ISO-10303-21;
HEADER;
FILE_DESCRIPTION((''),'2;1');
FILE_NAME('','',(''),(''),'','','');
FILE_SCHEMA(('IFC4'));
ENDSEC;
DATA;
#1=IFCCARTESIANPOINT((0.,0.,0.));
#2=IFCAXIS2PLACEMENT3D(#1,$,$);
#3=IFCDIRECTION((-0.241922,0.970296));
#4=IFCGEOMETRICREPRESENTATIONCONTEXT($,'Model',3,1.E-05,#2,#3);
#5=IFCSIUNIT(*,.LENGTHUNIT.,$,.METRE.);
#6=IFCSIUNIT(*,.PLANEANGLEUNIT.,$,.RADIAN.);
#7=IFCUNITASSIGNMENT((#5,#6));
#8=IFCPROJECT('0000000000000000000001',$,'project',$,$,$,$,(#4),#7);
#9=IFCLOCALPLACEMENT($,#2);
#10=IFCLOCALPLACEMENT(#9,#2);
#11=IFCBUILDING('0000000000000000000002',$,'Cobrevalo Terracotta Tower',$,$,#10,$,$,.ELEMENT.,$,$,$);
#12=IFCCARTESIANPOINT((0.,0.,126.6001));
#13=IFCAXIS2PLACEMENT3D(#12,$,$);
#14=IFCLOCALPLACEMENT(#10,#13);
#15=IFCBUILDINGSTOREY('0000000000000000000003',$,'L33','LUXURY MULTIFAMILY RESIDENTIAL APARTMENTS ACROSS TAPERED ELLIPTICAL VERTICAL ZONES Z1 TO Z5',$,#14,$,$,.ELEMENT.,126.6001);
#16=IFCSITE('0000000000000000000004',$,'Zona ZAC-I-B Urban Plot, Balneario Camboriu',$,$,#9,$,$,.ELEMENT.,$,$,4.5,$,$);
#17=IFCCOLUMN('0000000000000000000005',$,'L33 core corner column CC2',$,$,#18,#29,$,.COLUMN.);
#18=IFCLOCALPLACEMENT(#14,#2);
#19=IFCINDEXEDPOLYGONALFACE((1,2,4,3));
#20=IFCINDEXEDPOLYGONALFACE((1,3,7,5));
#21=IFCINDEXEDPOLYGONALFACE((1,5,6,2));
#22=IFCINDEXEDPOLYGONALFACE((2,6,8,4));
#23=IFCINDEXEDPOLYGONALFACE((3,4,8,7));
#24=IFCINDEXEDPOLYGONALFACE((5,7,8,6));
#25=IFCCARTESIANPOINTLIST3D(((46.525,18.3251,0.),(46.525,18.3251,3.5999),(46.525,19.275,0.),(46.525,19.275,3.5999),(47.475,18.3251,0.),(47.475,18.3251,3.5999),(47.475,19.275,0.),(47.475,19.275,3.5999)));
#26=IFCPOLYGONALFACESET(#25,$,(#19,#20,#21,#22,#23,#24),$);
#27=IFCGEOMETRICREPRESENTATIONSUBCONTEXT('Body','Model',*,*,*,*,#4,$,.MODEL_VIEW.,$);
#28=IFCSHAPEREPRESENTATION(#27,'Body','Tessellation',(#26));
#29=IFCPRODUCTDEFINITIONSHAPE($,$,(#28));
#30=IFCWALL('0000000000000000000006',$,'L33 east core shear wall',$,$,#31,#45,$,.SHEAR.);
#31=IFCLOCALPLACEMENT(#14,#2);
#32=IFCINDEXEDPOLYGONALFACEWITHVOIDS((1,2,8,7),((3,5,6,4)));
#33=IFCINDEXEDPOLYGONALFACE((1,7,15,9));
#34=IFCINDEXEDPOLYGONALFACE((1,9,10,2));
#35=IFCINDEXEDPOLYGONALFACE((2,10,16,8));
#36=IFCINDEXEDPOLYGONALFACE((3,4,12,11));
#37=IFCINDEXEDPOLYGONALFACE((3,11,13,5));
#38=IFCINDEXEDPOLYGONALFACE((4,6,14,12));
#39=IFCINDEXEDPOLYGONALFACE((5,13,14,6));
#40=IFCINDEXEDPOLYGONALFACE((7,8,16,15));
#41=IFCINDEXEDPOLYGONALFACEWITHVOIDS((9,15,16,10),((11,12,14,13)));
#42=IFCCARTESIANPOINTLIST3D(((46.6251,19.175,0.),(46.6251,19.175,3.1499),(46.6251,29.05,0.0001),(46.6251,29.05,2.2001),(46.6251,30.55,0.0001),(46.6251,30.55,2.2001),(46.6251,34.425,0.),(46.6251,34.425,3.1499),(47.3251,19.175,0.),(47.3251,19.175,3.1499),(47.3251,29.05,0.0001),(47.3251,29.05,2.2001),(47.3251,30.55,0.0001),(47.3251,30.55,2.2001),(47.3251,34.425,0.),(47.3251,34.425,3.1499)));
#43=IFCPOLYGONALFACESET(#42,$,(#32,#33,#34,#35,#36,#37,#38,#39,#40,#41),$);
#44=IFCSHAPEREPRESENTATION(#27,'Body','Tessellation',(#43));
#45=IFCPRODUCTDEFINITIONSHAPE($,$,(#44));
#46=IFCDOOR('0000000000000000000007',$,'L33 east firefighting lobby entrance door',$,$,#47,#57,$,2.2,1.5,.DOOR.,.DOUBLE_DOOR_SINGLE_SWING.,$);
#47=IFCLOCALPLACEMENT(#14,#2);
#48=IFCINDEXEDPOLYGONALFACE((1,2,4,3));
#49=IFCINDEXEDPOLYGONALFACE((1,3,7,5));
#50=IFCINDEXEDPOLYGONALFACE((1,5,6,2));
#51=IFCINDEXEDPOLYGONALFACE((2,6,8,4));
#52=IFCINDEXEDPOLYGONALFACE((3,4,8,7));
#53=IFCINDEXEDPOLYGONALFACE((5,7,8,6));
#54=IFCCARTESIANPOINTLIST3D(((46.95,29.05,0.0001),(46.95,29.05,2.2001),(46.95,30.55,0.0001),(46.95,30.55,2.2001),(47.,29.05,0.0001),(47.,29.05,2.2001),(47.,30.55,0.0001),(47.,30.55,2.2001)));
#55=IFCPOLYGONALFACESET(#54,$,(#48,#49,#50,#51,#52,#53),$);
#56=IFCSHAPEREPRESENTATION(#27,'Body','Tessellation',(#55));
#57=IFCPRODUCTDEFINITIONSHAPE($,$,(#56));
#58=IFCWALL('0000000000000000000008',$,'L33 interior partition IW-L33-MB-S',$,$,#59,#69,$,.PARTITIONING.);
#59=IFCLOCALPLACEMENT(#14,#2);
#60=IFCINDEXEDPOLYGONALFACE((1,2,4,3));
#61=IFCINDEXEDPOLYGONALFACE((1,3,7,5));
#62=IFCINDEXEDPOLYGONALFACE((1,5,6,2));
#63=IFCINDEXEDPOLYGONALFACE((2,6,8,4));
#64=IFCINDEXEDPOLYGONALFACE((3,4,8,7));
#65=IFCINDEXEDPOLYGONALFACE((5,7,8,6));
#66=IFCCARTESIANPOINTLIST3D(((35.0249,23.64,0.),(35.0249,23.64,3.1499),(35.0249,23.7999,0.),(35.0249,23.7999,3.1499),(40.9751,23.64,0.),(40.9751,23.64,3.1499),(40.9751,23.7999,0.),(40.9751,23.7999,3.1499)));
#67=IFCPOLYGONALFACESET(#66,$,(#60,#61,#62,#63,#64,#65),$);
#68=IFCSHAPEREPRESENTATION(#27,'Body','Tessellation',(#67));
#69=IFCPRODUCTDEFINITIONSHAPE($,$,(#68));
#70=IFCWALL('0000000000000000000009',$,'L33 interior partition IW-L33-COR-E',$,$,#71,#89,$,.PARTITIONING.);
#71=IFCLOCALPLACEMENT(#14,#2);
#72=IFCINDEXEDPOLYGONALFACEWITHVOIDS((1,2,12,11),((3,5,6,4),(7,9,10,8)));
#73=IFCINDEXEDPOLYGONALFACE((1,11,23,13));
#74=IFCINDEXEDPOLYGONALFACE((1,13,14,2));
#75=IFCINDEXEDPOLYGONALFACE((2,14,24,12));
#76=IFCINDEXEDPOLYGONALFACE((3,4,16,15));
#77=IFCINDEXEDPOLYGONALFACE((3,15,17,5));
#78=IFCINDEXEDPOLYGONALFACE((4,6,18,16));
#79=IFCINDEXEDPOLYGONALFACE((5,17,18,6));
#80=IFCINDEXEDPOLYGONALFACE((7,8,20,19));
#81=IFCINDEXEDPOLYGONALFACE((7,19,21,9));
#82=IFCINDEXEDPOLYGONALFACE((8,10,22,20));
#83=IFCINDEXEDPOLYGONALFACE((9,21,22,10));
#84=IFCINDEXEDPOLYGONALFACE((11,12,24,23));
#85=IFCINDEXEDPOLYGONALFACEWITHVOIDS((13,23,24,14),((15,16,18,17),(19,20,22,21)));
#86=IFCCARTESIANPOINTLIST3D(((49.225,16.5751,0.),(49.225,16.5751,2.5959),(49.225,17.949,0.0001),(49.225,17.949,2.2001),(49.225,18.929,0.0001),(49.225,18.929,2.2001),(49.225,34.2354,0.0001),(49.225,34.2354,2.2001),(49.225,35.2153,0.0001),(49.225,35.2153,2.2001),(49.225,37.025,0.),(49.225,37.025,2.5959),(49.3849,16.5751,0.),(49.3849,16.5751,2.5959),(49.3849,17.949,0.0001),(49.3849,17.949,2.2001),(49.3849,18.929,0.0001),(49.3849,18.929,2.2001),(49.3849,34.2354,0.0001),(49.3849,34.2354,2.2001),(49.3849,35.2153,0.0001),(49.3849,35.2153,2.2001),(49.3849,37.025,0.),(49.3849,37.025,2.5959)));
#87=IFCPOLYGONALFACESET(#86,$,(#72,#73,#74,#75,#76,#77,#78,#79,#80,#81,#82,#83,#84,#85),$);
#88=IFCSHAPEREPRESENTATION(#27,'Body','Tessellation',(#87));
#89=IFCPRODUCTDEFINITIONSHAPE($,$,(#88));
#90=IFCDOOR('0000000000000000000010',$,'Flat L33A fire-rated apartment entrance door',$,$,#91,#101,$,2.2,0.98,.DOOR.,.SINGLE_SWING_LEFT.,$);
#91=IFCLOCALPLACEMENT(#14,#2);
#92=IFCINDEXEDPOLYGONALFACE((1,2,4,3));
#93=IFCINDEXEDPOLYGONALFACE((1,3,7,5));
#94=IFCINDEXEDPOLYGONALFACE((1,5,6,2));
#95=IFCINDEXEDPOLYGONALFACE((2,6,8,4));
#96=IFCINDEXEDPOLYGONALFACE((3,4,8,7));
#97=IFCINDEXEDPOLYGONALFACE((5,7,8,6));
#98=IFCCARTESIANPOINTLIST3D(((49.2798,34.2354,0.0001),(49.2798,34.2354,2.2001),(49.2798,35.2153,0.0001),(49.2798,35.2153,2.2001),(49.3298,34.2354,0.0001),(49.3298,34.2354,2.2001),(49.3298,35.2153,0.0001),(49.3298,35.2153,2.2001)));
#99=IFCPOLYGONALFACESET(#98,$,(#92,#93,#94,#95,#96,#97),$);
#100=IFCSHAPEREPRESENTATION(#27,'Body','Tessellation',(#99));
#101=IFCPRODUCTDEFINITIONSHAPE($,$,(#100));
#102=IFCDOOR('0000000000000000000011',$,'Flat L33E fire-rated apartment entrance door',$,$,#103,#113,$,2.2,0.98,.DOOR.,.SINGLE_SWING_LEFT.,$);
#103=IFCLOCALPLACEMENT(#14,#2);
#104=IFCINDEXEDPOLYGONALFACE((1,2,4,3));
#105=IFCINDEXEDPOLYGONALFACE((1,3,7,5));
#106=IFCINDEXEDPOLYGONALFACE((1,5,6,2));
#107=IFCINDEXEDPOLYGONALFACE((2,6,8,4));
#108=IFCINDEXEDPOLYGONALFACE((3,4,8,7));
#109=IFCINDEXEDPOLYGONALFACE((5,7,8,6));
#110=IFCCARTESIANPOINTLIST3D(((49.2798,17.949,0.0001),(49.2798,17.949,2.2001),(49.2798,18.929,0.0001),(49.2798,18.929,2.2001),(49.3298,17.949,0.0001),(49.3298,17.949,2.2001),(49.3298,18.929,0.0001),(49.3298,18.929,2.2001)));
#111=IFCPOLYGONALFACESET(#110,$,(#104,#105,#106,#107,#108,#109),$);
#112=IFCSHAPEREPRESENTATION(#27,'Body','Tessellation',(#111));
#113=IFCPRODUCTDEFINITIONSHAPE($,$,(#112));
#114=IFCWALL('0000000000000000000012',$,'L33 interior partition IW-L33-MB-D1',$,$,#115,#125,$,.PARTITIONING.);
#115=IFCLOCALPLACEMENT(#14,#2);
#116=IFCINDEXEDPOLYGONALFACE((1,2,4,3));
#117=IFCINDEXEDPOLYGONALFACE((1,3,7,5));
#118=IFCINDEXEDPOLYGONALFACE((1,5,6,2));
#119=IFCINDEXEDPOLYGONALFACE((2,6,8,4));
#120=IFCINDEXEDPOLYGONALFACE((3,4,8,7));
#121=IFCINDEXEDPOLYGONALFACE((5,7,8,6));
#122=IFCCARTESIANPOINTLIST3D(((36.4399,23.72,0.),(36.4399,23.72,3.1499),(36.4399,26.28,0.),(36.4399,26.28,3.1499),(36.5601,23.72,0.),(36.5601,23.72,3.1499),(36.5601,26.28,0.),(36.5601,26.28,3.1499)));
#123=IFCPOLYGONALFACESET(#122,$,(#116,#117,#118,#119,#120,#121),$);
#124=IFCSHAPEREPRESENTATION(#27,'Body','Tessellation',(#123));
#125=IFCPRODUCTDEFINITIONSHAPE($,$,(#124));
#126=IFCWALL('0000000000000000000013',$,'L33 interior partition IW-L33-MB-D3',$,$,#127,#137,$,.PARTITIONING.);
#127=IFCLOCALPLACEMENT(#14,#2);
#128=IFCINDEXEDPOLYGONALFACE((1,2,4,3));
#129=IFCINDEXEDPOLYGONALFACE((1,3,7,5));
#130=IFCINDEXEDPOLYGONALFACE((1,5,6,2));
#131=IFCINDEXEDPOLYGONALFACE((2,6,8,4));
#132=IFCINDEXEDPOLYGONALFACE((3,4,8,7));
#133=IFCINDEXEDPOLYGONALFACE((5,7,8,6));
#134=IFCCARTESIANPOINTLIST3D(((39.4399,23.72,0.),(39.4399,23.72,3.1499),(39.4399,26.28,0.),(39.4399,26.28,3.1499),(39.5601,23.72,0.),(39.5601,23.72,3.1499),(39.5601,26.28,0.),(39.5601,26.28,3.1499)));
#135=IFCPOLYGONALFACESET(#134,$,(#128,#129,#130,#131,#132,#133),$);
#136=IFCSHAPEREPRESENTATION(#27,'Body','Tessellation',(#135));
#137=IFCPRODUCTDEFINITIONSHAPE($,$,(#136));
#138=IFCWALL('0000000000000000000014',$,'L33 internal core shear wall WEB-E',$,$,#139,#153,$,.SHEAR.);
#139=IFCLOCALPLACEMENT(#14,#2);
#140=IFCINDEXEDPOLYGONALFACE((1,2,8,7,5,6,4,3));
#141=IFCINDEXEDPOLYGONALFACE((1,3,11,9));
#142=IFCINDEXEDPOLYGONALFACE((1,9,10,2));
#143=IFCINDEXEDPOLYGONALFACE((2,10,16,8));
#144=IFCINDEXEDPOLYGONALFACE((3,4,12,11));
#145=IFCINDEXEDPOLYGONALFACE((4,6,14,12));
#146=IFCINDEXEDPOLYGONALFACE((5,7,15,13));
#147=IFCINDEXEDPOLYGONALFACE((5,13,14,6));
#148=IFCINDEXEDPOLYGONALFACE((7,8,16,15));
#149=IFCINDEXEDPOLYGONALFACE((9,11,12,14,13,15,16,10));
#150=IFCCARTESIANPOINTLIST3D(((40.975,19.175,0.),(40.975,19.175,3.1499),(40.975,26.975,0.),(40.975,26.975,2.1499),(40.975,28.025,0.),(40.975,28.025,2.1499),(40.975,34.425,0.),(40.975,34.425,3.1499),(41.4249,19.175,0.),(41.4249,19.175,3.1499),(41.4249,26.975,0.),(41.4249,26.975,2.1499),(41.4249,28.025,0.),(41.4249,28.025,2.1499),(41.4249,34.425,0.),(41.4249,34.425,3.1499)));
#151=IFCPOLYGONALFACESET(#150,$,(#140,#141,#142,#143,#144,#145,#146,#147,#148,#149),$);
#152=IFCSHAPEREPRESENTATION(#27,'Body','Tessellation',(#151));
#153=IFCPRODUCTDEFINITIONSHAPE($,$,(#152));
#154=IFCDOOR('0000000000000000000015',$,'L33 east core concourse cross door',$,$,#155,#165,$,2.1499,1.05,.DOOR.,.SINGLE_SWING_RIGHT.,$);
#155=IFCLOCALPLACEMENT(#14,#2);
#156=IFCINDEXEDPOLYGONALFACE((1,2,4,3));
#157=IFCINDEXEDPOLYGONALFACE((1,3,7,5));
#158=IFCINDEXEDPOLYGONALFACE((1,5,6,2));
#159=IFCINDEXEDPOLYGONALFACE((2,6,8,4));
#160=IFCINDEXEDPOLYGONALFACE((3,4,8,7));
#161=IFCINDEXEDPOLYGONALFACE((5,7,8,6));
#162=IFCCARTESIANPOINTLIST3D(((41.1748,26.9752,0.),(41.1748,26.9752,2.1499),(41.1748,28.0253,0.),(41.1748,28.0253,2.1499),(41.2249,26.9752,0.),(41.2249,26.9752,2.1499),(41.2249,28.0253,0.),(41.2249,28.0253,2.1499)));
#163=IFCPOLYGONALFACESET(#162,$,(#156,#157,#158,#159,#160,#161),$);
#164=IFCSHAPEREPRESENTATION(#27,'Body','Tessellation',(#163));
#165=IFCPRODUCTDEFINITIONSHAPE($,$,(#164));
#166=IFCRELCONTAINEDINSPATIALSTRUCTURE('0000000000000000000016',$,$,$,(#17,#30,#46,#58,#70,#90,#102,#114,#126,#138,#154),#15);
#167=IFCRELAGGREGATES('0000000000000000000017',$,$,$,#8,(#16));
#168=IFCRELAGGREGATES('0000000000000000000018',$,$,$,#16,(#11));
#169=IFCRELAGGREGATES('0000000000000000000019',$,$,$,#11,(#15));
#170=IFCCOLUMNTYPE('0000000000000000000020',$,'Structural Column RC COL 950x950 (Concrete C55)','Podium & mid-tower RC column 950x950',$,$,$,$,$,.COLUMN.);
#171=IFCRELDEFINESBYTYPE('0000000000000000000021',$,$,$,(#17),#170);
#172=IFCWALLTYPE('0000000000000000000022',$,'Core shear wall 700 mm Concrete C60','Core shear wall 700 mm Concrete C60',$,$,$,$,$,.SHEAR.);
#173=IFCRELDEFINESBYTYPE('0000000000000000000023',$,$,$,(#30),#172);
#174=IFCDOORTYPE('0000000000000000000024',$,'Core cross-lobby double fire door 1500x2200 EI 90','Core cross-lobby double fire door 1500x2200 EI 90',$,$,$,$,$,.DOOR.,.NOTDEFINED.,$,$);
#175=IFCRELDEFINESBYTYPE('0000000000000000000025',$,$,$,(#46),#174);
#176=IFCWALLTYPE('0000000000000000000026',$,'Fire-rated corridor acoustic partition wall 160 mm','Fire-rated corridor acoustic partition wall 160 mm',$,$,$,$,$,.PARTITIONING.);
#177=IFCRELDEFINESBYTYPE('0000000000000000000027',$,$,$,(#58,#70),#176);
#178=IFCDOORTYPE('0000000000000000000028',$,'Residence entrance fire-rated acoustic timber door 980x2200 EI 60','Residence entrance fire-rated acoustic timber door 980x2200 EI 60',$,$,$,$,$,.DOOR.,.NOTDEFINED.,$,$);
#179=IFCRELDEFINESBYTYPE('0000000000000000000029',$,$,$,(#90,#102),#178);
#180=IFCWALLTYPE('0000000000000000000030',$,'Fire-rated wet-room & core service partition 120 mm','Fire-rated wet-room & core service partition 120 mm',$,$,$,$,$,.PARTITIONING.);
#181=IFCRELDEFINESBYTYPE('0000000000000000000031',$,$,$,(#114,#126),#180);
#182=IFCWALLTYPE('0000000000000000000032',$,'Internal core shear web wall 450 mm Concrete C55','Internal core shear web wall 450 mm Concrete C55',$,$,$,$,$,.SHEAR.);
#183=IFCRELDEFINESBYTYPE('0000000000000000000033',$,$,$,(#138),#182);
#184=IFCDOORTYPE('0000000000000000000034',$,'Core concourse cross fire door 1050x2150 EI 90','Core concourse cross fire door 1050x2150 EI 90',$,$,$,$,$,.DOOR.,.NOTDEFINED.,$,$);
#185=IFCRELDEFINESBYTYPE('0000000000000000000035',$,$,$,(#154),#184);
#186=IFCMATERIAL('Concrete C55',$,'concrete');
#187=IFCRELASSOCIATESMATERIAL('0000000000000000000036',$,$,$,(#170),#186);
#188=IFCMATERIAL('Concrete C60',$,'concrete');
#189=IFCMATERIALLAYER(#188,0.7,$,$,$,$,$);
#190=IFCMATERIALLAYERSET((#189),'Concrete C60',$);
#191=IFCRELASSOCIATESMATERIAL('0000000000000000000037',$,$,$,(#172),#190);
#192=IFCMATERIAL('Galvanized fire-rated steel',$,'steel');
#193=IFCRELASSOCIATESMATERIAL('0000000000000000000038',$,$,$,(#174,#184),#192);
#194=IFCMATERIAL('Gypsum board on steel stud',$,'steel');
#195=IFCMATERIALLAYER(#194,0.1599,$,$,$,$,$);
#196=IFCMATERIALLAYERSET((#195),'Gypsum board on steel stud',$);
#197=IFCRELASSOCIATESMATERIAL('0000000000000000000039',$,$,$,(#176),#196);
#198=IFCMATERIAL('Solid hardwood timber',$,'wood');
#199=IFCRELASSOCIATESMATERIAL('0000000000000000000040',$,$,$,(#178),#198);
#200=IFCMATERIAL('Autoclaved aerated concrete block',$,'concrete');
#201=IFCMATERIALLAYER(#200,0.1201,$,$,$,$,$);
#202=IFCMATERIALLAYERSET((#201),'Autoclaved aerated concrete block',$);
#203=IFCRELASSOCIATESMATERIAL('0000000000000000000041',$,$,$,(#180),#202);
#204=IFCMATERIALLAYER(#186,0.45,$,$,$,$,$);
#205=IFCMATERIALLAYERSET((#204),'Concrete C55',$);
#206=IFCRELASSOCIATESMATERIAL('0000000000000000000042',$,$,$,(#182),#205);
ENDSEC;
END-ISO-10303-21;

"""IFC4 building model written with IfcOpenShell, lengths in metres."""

from ifc_helpers import new_model, si_unit, direction, frame, frame_2d, origin, origin_2d, place, context, subcontext, project, spatial, rectangle, extrude, source, transform, mapped, material, layer, layer_set, material_profile, profile_set, type_object, element, fill, save


model = new_model("IFC4")

# Units and contexts
model_context = context("Model", 3, precision=1e-05, world=origin(), true_north=direction((-0.241922, 0.970296)))
body_context = subcontext(model_context, "Body", "Model", "MODEL_VIEW")
ifc_project = project(units=[si_unit("LENGTHUNIT", "METRE"), si_unit("PLANEANGLEUNIT", "RADIAN")], contexts=[model_context])

# Site, building, storey
site_placement = place(None, origin())
site = spatial("IfcSite", under=ifc_project, at=site_placement, Name="Zona ZAC-I-B Urban Plot, Balneario Camboriu", CompositionType="ELEMENT", RefElevation=4.5)
building_placement = place(site_placement, origin())
building = spatial("IfcBuilding", under=site, at=building_placement, Name="Cobrevalo Terracotta Tower", CompositionType="ELEMENT")
storey_placement = place(building_placement, frame((0.0, 0.0, 126.6001)))
storey = spatial("IfcBuildingStorey", under=building, at=storey_placement, Name="L33", Description="LUXURY MULTIFAMILY RESIDENTIAL APARTMENTS ACROSS TAPERED ELLIPTICAL VERTICAL ZONES Z1 TO Z5", CompositionType="ELEMENT", Elevation=126.6001)

# Column
ifc_material_1 = material(Name="Concrete C55", Category="concrete")
ifc_material_profile = material_profile(ifc_material_1, rectangle(XDim=0.95, YDim=0.95, at=origin_2d()), Name="RC COL 950x950")
ifc_profile_set = profile_set([ifc_material_profile], Name="Concrete C55")
column_type = type_object("IfcColumnType", Name="Structural Column RC COL 950x950 (Concrete C55)", Description="Podium & mid-tower RC column 950x950", PredefinedType="COLUMN", material=ifc_profile_set)
column_placement = place(storey_placement, frame((47.0, 18.8, 0.0), z_axis=(0.0, 0.0, 1.0), x_axis=(1.0, 0.0, 0.0)))
element("IfcColumn", 1, at=column_placement, inside=storey, type_object=column_type, Name="L33 core corner column CC2", PredefinedType="COLUMN", context=body_context, shape_type="SweptSolid", body=[
    extrude(rectangle(XDim=0.95, YDim=0.95, at=origin_2d()), origin(), (0.0, 0.0, 1.0), 3.5999),
])

# Wall, opening, door
ifc_material_2 = material(Name="Concrete C60", Category="concrete")
ifc_layer_1 = layer(ifc_material_2, 0.7)
ifc_layer_set_1 = layer_set([ifc_layer_1], Name="Concrete C60")
wall_type_1 = type_object("IfcWallType", Name="Core shear wall 700 mm Concrete C60", Description="Core shear wall 700 mm Concrete C60", PredefinedType="SHEAR", material=ifc_layer_set_1)
wall_1_placement = place(storey_placement, frame((46.9751, 19.175, 0.0), z_axis=(0.0, 0.0, 1.0), x_axis=(0.0, 1.0, 0.0)))
wall_1 = element("IfcWall", 2, at=wall_1_placement, inside=storey, type_object=wall_type_1, Name="L33 east core shear wall", PredefinedType="SHEAR", context=body_context, shape_type="SweptSolid", body=[
    extrude(rectangle(XDim=15.25, YDim=0.7, at=frame_2d((7.625, 0.0))), origin(), (0.0, 0.0, 1.0), 3.1499),
])
opening_1_placement = place(wall_1_placement, frame((9.875, 0.0, 0.0)))
opening_1 = element("IfcOpeningElement", 3, at=opening_1_placement, cuts=wall_1, PredefinedType="OPENING", context=body_context, shape_type="SweptSolid", body=[
    extrude(rectangle(XDim=1.5, YDim=2.2, at=frame_2d((0.75, 1.1001))), frame((0.0, 0.3599, 0.0), z_axis=(0.0, -1.0, 0.0), x_axis=(1.0, 0.0, 0.0)), (0.0, 0.0, 1.0), 0.72),
])
ifc_material_3 = material(Name="Galvanized fire-rated steel", Category="steel")
door_type_1 = type_object("IfcDoorType", Name="Core cross-lobby double fire door 1500x2200 EI 90", Description="Core cross-lobby double fire door 1500x2200 EI 90", OperationType="NOTDEFINED", PredefinedType="DOOR", material=ifc_material_3)
shared_shape_1 = source(origin(), body_context, "Body", "SweptSolid", [
    extrude(rectangle(XDim=1.5, YDim=2.2, at=frame_2d((0.75, 1.1001))), frame((0.0, 0.0249, 0.0), z_axis=(0.0, -1.0, 0.0), x_axis=(1.0, 0.0, 0.0)), (0.0, 0.0, 1.0), 0.05),
])
door_1_placement = place(opening_1_placement, frame((1.5, 0.0, 0.0), z_axis=(0.0, 0.0, 1.0), x_axis=(-1.0, 0.0, 0.0)))
door_1 = element("IfcDoor", 4, at=door_1_placement, inside=storey, type_object=door_type_1, Name="L33 east firefighting lobby entrance door", OperationType="DOUBLE_DOOR_SINGLE_SWING", OverallHeight=2.2, OverallWidth=1.5, PredefinedType="DOOR", context=body_context, shape_type="MappedRepresentation", body=[
    mapped(shared_shape_1, transform((0.0, 0.0, 0.0), scale=1.0)),
])
fill(opening_1, door_1)

# Wall
ifc_material_4 = material(Name="Gypsum board on steel stud", Category="steel")
ifc_layer_2 = layer(ifc_material_4, 0.1599)
ifc_layer_set_2 = layer_set([ifc_layer_2], Name="Gypsum board on steel stud")
wall_type_2 = type_object("IfcWallType", Name="Fire-rated corridor acoustic partition wall 160 mm", Description="Fire-rated corridor acoustic partition wall 160 mm", PredefinedType="PARTITIONING", material=ifc_layer_set_2)
wall_2_placement = place(storey_placement, frame((35.0249, 23.72, 0.0), z_axis=(0.0, 0.0, 1.0), x_axis=(1.0, 0.0, 0.0)))
element("IfcWall", 5, at=wall_2_placement, inside=storey, type_object=wall_type_2, Name="L33 interior partition IW-L33-MB-S", PredefinedType="PARTITIONING", context=body_context, shape_type="SweptSolid", body=[
    extrude(rectangle(XDim=5.9502, YDim=0.1599, at=frame_2d((2.9751, 0.0))), origin(), (0.0, 0.0, 1.0), 3.1499),
])

# Wall, openings, doors
wall_3_placement = place(storey_placement, frame((49.3049, 16.575, 0.0), z_axis=(0.0, 0.0, 1.0), x_axis=(0.0, 1.0, 0.0)))
wall_3 = element("IfcWall", 6, at=wall_3_placement, inside=storey, type_object=wall_type_2, Name="L33 interior partition IW-L33-COR-E", PredefinedType="PARTITIONING", context=body_context, shape_type="SweptSolid", body=[
    extrude(rectangle(XDim=20.45, YDim=0.1599, at=frame_2d((10.2251, 0.0))), origin(), (0.0, 0.0, 1.0), 2.5959),
])
opening_2_placement = place(wall_3_placement, frame((17.6604, 0.0, 0.0)))
opening_2 = element("IfcOpeningElement", 7, at=opening_2_placement, cuts=wall_3, PredefinedType="OPENING", context=body_context, shape_type="SweptSolid", body=[
    extrude(rectangle(XDim=0.98, YDim=2.2, at=frame_2d((0.49, 1.1001))), frame((0.0, 0.0898, 0.0), z_axis=(0.0, -1.0, 0.0), x_axis=(1.0, 0.0, 0.0)), (0.0, 0.0, 1.0), 0.1799),
])
opening_3_placement = place(wall_3_placement, frame((1.374, 0.0, 0.0)))
opening_3 = element("IfcOpeningElement", 8, at=opening_3_placement, cuts=wall_3, PredefinedType="OPENING", context=body_context, shape_type="SweptSolid", body=[
    extrude(rectangle(XDim=0.98, YDim=2.2, at=frame_2d((0.49, 1.1001))), frame((0.0, 0.0898, 0.0), z_axis=(0.0, -1.0, 0.0), x_axis=(1.0, 0.0, 0.0)), (0.0, 0.0, 1.0), 0.1799),
])
ifc_material_5 = material(Name="Solid hardwood timber", Category="wood")
door_type_2 = type_object("IfcDoorType", Name="Residence entrance fire-rated acoustic timber door 980x2200 EI 60", Description="Residence entrance fire-rated acoustic timber door 980x2200 EI 60", OperationType="NOTDEFINED", PredefinedType="DOOR", material=ifc_material_5)
shared_shape_2 = source(origin(), body_context, "Body", "SweptSolid", [
    extrude(rectangle(XDim=0.98, YDim=2.2, at=frame_2d((0.49, 1.1001))), frame((0.0, 0.0249, 0.0), z_axis=(0.0, -1.0, 0.0), x_axis=(1.0, 0.0, 0.0)), (0.0, 0.0, 1.0), 0.05),
])
door_2_placement = place(opening_2_placement, frame((0.98, 0.0, 0.0), z_axis=(0.0, 0.0, 1.0), x_axis=(-1.0, 0.0, 0.0)))
door_2 = element("IfcDoor", 9, at=door_2_placement, inside=storey, type_object=door_type_2, Name="Flat L33A fire-rated apartment entrance door", OperationType="SINGLE_SWING_LEFT", OverallHeight=2.2, OverallWidth=0.98, PredefinedType="DOOR", context=body_context, shape_type="MappedRepresentation", body=[
    mapped(shared_shape_2, transform((0.0, 0.0, 0.0), scale=1.0)),
])
fill(opening_2, door_2)
door_3_placement = place(opening_3_placement, frame((0.98, 0.0, 0.0), z_axis=(0.0, 0.0, 1.0), x_axis=(-1.0, 0.0, 0.0)))
door_3 = element("IfcDoor", 10, at=door_3_placement, inside=storey, type_object=door_type_2, Name="Flat L33E fire-rated apartment entrance door", OperationType="SINGLE_SWING_LEFT", OverallHeight=2.2, OverallWidth=0.98, PredefinedType="DOOR", context=body_context, shape_type="MappedRepresentation", body=[
    mapped(shared_shape_2, transform((0.0, 0.0, 0.0), scale=1.0)),
])
fill(opening_3, door_3)

# Walls
ifc_material_6 = material(Name="Autoclaved aerated concrete block", Category="concrete")
ifc_layer_3 = layer(ifc_material_6, 0.1201)
ifc_layer_set_3 = layer_set([ifc_layer_3], Name="Autoclaved aerated concrete block")
wall_type_3 = type_object("IfcWallType", Name="Fire-rated wet-room & core service partition 120 mm", Description="Fire-rated wet-room & core service partition 120 mm", PredefinedType="PARTITIONING", material=ifc_layer_set_3)
for number, where, z_axis, x_axis, name in (
    (11, (36.5, 23.72, 0.0), (0.0, 0.0, 1.0), (0.0, 1.0, 0.0), "L33 interior partition IW-L33-MB-D1"),
    (12, (39.5, 23.72, 0.0), (0.0, 0.0, 1.0), (0.0, 1.0, 0.0), "L33 interior partition IW-L33-MB-D3"),
):
    element("IfcWall", number, at=place(storey_placement, frame(where, z_axis=z_axis, x_axis=x_axis)), inside=storey, type_object=wall_type_3, Name=name, PredefinedType="PARTITIONING", context=body_context, shape_type="SweptSolid", body=[
        extrude(rectangle(XDim=2.5601, YDim=0.1201, at=frame_2d((1.28, 0.0))), origin(), (0.0, 0.0, 1.0), 3.1499),
    ])

# Wall, opening, door
ifc_layer_4 = layer(ifc_material_1, 0.45)
ifc_layer_set_4 = layer_set([ifc_layer_4], Name="Concrete C55")
wall_type_4 = type_object("IfcWallType", Name="Internal core shear web wall 450 mm Concrete C55", Description="Internal core shear web wall 450 mm Concrete C55", PredefinedType="SHEAR", material=ifc_layer_set_4)
wall_4_placement = place(storey_placement, frame((41.2, 19.175, 0.0), z_axis=(0.0, 0.0, 1.0), x_axis=(0.0, 1.0, 0.0)))
wall_4 = element("IfcWall", 13, at=wall_4_placement, inside=storey, type_object=wall_type_4, Name="L33 internal core shear wall WEB-E", PredefinedType="SHEAR", context=body_context, shape_type="SweptSolid", body=[
    extrude(rectangle(XDim=15.25, YDim=0.45, at=frame_2d((7.625, 0.0))), origin(), (0.0, 0.0, 1.0), 3.1499),
])
opening_4_placement = place(wall_4_placement, frame((7.8, 0.0, 0.0)))
opening_4 = element("IfcOpeningElement", 14, at=opening_4_placement, cuts=wall_4, PredefinedType="OPENING", context=body_context, shape_type="SweptSolid", body=[
    extrude(rectangle(XDim=1.05, YDim=2.1499, at=frame_2d((0.5249, 1.075))), frame((0.0, 0.2349, 0.0), z_axis=(0.0, -1.0, 0.0), x_axis=(1.0, 0.0, 0.0)), (0.0, 0.0, 1.0), 0.47),
])
door_type_3 = type_object("IfcDoorType", Name="Core concourse cross fire door 1050x2150 EI 90", Description="Core concourse cross fire door 1050x2150 EI 90", OperationType="NOTDEFINED", PredefinedType="DOOR", material=ifc_material_3)
shared_shape_3 = source(origin(), body_context, "Body", "SweptSolid", [
    extrude(rectangle(XDim=1.05, YDim=2.1499, at=frame_2d((0.5249, 1.075))), frame((0.0, 0.0249, 0.0), z_axis=(0.0, -1.0, 0.0), x_axis=(1.0, 0.0, 0.0)), (0.0, 0.0, 1.0), 0.05),
])
door_4_placement = place(opening_4_placement, frame((1.05, 0.0, 0.0), z_axis=(0.0, 0.0, 1.0), x_axis=(-1.0, 0.0, 0.0)))
door_4 = element("IfcDoor", 15, at=door_4_placement, inside=storey, type_object=door_type_3, Name="L33 east core concourse cross door", OperationType="SINGLE_SWING_RIGHT", OverallHeight=2.1499, OverallWidth=1.05, PredefinedType="DOOR", context=body_context, shape_type="MappedRepresentation", body=[
    mapped(shared_shape_3, transform((0.0, 0.0, 0.0), scale=1.0)),
])
fill(opening_4, door_4)

save(model, "model.ifc")
